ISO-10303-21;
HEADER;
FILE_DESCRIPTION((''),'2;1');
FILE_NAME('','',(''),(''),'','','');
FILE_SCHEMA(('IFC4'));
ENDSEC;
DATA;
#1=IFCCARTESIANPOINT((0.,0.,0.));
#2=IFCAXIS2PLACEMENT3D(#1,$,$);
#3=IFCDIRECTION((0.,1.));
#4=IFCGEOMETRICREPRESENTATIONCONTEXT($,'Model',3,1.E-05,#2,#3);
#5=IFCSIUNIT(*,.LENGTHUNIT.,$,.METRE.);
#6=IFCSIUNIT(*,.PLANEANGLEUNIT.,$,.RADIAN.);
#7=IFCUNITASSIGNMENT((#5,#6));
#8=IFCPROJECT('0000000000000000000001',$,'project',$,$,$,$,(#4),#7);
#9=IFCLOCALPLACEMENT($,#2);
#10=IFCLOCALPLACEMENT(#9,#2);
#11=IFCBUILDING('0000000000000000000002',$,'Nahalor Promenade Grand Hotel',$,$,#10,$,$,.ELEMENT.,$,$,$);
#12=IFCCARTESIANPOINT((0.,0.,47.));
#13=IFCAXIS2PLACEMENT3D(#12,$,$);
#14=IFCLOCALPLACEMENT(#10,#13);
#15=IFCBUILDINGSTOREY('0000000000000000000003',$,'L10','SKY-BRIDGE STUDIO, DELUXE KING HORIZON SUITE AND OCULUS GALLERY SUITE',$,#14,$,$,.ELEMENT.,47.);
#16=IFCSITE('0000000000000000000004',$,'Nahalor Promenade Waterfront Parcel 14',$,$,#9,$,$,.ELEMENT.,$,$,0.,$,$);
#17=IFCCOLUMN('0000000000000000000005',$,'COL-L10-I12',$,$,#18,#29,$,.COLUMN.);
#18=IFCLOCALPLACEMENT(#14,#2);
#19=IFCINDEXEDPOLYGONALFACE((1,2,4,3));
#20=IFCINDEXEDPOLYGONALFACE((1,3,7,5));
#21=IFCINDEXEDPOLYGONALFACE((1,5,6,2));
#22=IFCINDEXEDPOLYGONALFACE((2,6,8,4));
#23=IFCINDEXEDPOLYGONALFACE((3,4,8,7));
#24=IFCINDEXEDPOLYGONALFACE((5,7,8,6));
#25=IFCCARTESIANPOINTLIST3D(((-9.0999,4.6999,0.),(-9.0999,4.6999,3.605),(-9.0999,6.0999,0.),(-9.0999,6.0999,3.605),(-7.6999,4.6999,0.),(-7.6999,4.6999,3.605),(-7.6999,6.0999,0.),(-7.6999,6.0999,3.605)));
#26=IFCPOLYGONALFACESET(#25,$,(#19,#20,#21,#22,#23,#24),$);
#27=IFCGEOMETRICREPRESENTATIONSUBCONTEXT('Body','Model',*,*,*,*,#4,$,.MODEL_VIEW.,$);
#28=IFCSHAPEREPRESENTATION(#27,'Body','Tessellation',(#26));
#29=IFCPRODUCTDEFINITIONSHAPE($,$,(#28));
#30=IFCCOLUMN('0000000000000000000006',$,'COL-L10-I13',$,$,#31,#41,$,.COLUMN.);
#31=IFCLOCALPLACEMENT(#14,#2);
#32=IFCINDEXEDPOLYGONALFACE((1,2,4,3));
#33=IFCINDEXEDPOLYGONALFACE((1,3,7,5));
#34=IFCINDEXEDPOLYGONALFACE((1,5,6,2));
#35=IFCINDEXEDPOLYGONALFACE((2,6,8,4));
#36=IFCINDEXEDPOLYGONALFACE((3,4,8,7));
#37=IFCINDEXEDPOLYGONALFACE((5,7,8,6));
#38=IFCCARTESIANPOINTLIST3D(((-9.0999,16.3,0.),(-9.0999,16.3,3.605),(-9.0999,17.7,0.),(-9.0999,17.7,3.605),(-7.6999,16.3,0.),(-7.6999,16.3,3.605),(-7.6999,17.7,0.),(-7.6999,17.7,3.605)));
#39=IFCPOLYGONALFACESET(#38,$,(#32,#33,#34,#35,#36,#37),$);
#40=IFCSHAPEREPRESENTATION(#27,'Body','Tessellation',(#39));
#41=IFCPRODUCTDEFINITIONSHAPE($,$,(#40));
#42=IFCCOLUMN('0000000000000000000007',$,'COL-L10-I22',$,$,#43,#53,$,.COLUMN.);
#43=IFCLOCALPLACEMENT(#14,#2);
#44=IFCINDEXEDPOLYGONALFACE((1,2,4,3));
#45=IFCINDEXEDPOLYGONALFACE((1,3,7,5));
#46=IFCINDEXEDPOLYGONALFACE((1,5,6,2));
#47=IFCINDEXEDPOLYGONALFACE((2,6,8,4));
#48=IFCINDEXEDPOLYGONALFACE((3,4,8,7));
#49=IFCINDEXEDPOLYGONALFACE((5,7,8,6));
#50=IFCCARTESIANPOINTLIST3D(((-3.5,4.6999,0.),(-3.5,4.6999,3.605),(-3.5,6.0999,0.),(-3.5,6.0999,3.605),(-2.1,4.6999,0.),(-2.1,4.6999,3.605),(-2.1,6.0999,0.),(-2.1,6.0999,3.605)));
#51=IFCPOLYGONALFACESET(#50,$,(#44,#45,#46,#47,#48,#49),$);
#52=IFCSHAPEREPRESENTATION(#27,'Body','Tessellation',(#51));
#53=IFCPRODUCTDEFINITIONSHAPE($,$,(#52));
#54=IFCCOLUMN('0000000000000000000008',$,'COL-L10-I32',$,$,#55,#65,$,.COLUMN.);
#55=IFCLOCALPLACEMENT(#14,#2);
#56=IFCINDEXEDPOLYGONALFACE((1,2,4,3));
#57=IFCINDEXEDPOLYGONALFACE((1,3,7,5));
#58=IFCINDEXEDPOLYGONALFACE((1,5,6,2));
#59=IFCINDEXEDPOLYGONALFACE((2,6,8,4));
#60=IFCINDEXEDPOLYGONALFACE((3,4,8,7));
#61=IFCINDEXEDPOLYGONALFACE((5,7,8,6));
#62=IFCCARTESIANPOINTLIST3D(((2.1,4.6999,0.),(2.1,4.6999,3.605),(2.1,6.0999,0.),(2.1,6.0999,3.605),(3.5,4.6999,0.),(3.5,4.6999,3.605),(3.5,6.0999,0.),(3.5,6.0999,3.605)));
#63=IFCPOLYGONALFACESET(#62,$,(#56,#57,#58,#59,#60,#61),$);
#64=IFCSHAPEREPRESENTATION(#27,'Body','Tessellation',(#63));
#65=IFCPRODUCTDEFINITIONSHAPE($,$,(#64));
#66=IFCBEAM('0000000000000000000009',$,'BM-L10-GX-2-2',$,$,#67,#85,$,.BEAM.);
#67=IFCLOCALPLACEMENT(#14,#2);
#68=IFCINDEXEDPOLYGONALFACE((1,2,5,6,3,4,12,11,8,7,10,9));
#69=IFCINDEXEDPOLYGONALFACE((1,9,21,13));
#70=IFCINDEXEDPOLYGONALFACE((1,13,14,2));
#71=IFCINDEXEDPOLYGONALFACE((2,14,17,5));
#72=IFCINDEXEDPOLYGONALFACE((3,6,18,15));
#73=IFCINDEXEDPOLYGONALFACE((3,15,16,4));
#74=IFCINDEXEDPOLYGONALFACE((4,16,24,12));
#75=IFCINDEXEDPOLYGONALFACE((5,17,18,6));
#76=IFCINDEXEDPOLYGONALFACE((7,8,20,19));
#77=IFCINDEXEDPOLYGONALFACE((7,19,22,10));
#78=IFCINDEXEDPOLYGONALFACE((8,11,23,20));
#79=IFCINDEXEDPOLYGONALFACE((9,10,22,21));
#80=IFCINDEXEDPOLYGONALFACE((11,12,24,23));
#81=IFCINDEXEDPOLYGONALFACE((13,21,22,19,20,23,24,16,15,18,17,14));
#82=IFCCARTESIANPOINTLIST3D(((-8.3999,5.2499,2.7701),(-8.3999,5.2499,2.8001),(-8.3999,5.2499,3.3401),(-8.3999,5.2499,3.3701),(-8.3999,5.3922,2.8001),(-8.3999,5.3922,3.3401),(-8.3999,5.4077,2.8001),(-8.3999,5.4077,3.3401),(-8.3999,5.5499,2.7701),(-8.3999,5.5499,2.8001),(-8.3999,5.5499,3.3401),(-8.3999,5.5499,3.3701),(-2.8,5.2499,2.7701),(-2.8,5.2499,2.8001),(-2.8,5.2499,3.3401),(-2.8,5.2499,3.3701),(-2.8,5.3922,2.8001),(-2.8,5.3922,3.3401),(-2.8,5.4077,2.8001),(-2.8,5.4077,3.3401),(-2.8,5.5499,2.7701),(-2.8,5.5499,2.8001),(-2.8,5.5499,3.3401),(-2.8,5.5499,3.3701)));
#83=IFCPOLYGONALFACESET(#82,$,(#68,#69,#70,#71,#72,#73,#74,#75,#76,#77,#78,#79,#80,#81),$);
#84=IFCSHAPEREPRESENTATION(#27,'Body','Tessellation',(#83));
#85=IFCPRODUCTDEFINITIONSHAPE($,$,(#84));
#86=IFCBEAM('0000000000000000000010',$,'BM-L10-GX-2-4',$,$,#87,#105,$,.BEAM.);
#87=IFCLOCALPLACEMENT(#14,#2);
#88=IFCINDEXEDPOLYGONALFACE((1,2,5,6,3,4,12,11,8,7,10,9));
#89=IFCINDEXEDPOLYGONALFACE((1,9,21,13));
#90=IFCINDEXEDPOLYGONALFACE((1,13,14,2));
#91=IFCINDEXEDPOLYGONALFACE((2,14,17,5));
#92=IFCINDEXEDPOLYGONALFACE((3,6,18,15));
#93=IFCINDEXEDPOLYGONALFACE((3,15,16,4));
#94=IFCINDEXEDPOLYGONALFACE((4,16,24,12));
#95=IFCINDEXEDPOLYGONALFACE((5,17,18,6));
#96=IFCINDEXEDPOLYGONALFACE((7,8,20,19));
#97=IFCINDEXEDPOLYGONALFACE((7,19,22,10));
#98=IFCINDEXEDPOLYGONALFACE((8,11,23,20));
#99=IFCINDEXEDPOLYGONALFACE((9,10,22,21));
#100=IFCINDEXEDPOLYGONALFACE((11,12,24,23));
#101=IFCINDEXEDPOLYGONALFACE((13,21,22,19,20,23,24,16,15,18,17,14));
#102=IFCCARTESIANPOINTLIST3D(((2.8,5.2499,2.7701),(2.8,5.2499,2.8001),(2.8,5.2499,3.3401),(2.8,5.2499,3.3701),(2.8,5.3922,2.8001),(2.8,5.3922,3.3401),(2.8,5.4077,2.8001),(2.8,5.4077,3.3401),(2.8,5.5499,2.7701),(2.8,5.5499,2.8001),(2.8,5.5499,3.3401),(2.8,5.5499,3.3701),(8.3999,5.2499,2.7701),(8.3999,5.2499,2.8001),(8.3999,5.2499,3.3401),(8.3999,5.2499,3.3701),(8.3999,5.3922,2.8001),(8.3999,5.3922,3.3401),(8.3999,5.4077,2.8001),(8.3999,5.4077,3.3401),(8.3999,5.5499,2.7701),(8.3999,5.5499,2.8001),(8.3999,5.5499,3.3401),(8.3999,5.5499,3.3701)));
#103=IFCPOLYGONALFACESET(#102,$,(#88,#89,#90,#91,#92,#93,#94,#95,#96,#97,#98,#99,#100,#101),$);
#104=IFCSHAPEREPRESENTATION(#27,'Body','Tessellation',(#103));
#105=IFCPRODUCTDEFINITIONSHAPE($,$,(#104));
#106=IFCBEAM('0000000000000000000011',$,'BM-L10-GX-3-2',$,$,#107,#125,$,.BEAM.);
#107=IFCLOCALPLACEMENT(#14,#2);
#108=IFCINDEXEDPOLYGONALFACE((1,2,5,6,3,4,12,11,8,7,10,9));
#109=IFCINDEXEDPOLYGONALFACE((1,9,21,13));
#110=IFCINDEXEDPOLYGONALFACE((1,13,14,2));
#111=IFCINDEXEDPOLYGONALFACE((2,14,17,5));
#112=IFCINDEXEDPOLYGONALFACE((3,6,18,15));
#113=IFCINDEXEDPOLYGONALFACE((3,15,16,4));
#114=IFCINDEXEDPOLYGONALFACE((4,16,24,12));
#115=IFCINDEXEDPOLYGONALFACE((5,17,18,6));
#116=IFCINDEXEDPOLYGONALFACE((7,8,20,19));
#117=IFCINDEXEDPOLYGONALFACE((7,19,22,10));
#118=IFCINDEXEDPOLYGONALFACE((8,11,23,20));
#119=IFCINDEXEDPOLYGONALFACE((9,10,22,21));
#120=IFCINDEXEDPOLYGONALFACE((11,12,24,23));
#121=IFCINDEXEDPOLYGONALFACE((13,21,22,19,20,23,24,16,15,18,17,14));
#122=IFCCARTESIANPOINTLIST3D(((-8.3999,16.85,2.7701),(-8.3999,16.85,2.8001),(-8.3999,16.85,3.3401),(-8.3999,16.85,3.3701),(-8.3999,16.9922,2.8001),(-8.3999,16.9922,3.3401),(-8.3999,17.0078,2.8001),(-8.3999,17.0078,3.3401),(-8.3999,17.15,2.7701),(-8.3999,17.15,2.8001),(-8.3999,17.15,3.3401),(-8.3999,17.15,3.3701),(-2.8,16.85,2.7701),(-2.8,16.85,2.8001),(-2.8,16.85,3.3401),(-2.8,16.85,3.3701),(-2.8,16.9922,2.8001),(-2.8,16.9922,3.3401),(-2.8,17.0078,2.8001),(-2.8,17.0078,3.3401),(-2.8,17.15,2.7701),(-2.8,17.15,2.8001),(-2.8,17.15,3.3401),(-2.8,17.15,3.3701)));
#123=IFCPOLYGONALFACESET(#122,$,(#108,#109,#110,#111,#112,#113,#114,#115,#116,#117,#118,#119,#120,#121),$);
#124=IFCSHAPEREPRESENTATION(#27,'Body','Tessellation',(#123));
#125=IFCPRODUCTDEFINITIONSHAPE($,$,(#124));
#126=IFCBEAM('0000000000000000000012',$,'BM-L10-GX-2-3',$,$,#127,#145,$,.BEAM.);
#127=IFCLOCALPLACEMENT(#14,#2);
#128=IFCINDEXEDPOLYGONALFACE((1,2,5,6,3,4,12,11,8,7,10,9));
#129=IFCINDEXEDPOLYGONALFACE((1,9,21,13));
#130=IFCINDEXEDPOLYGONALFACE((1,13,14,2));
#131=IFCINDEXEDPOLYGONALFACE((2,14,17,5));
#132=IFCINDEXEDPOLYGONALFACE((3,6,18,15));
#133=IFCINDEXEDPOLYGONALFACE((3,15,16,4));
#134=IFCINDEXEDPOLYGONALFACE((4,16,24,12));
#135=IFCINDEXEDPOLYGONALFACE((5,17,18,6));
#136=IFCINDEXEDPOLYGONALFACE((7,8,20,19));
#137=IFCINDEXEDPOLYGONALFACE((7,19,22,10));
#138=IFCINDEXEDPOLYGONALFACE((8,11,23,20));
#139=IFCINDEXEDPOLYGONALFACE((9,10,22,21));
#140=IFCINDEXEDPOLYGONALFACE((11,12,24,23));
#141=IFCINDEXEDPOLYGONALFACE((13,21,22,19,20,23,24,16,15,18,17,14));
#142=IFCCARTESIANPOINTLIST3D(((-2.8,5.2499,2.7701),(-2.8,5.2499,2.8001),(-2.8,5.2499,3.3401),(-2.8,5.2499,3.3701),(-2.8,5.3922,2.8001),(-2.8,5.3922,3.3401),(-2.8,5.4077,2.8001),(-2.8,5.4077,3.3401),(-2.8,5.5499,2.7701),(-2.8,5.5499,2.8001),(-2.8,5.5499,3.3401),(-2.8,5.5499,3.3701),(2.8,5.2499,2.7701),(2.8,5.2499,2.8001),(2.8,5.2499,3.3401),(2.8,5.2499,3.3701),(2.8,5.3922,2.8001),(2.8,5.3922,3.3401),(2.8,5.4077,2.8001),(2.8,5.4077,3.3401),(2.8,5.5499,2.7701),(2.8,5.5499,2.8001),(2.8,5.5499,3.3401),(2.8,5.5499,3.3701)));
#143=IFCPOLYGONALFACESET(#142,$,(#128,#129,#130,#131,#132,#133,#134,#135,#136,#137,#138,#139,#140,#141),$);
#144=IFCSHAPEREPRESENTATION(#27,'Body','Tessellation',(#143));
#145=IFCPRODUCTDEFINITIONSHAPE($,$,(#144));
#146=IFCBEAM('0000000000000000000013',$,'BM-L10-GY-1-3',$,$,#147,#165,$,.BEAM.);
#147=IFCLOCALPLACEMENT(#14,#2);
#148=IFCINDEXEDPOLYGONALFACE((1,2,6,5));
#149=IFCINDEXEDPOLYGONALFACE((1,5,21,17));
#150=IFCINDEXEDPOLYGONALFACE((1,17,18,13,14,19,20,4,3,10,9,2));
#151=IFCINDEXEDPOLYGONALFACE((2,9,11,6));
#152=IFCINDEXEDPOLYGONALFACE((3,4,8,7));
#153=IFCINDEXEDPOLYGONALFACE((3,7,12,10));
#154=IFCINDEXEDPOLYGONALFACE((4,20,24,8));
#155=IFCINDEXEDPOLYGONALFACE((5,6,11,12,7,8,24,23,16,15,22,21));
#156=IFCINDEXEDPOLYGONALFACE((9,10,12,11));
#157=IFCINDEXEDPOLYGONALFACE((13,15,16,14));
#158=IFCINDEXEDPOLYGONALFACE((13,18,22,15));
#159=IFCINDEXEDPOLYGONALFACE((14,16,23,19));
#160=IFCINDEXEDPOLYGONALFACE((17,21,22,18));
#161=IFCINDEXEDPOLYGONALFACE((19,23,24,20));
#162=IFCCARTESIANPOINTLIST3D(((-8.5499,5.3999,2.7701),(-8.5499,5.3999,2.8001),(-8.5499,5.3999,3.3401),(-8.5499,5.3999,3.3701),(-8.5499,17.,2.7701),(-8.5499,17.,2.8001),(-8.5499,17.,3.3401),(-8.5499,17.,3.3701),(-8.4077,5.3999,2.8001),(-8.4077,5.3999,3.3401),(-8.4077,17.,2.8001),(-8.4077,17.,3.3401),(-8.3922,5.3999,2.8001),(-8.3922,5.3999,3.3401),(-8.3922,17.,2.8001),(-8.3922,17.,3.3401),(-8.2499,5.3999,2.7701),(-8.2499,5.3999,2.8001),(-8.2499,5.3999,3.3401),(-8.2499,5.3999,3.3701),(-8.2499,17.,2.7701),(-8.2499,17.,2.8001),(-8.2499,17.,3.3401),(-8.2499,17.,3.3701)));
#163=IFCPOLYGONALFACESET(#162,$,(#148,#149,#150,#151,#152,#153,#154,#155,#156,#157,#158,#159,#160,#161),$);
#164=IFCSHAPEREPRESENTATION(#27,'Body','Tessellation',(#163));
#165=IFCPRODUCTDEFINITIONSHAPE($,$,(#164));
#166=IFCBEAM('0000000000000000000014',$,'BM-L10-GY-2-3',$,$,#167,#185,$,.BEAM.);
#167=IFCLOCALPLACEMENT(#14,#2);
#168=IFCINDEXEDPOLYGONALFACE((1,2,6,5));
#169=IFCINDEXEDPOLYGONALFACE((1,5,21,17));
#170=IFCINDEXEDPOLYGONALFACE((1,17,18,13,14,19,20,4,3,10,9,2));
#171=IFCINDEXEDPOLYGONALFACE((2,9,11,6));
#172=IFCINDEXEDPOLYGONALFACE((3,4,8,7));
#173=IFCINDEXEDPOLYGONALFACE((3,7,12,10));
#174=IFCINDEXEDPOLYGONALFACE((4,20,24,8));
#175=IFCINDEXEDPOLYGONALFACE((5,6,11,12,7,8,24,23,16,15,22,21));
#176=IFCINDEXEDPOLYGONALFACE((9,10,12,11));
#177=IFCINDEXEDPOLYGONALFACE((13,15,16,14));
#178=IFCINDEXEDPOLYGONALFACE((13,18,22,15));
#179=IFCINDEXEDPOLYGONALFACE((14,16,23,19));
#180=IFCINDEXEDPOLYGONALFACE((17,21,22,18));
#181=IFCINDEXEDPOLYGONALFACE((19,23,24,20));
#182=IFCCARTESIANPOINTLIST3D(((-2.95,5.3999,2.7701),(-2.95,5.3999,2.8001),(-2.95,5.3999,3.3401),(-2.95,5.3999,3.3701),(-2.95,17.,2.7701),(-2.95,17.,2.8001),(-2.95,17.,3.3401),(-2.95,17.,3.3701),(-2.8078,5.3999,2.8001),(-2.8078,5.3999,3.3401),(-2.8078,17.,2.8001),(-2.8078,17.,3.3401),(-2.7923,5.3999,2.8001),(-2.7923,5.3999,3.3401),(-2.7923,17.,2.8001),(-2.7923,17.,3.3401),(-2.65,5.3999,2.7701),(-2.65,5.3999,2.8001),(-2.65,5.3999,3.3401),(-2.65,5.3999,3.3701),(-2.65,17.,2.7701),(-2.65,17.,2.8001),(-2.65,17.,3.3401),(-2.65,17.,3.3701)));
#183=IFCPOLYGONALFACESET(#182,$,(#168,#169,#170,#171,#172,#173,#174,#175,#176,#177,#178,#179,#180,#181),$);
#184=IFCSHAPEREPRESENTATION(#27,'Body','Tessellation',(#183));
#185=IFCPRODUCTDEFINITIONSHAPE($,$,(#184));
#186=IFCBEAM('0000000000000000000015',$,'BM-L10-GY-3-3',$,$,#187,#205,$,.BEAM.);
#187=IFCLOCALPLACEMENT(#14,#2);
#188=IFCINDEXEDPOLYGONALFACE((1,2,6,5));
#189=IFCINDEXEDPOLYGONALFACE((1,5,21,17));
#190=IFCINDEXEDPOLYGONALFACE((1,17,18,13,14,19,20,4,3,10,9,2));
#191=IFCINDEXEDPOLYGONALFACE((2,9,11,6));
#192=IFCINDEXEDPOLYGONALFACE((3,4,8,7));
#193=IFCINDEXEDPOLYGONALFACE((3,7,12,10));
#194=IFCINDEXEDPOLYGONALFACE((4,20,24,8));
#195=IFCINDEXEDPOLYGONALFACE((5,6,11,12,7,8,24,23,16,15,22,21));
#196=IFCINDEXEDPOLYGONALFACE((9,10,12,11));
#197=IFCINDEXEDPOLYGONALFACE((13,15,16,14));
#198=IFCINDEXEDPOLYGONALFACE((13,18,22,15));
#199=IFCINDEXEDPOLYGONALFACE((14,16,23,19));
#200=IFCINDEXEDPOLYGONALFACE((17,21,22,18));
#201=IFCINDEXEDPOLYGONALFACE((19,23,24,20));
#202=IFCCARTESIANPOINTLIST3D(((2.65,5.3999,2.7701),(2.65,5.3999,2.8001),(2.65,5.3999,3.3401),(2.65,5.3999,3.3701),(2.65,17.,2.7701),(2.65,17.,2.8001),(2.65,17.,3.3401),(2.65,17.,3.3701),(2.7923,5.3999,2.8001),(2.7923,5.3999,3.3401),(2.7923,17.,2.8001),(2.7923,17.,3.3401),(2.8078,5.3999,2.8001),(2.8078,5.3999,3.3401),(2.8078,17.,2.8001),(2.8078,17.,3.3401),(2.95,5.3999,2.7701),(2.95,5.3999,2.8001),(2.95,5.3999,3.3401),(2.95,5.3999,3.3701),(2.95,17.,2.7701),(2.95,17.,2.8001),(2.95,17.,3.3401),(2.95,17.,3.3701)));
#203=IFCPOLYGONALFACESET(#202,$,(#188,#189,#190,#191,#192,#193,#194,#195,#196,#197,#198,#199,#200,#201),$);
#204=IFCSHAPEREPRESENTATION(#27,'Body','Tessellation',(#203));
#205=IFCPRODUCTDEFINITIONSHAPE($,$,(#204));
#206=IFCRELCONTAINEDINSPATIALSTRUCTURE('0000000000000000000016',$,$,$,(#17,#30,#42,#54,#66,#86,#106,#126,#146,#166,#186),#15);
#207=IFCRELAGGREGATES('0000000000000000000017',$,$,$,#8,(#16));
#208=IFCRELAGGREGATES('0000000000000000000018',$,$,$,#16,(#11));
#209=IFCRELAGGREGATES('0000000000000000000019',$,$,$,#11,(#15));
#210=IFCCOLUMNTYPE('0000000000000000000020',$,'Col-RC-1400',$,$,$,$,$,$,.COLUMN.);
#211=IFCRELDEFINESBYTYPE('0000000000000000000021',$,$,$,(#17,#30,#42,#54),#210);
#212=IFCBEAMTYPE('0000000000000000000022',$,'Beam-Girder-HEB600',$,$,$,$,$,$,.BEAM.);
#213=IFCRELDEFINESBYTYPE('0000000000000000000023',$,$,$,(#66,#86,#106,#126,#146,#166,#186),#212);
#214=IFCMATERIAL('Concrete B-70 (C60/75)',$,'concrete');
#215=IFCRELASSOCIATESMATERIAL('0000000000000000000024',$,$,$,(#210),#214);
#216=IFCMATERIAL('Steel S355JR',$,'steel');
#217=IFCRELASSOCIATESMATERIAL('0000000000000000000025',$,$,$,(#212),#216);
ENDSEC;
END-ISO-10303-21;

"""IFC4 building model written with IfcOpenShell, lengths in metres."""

from ifc_helpers import new_model, si_unit, direction, frame, origin, origin_2d, place, context, subcontext, project, spatial, rectangle, i_section, extrude, source, transform, mapped, material, material_profile, profile_set, type_object, element, save


model = new_model("IFC4")

# Units and contexts
model_context = context("Model", 3, precision=1e-05, world=origin(), true_north=direction((0.0, 1.0)))
body_context = subcontext(model_context, "Body", "Model", "MODEL_VIEW")
ifc_project = project(units=[si_unit("LENGTHUNIT", "METRE"), si_unit("PLANEANGLEUNIT", "RADIAN")], contexts=[model_context])

# Site, building, storey
site_placement = place(None, origin())
site = spatial("IfcSite", under=ifc_project, at=site_placement, Name="Nahalor Promenade Waterfront Parcel 14", CompositionType="ELEMENT", RefElevation=0.0)
building_placement = place(site_placement, origin())
building = spatial("IfcBuilding", under=site, at=building_placement, Name="Nahalor Promenade Grand Hotel", CompositionType="ELEMENT")
storey_placement = place(building_placement, frame((0.0, 0.0, 47.0)))
storey = spatial("IfcBuildingStorey", under=building, at=storey_placement, Name="L10", Description="SKY-BRIDGE STUDIO, DELUXE KING HORIZON SUITE AND OCULUS GALLERY SUITE", CompositionType="ELEMENT", Elevation=47.0)

# Columns
ifc_material_1 = material(Name="Concrete B-70 (C60/75)", Category="concrete")
ifc_material_profile_1 = material_profile(ifc_material_1, rectangle(XDim=1.4, YDim=1.4, at=origin_2d()), Name="RC 1400x1400")
ifc_profile_set_1 = profile_set([ifc_material_profile_1], Name="Concrete B-70 (C60/75)")
column_type = type_object("IfcColumnType", Name="Col-RC-1400", PredefinedType="COLUMN", material=ifc_profile_set_1)
shared_shape_1 = source(origin(), body_context, "Body", "SweptSolid", [
    extrude(rectangle(XDim=1.4, YDim=1.4, at=origin_2d()), origin(), (0.0, 0.0, 1.0), 3.605),
])
for number, where, z_axis, x_axis, name in (
    (1, (-8.3999, 5.3999, 0.0), (0.0, 0.0, 1.0), (1.0, 0.0, 0.0), "COL-L10-I12"),
    (2, (-8.3999, 17.0, 0.0), (0.0, 0.0, 1.0), (1.0, 0.0, 0.0), "COL-L10-I13"),
    (3, (-2.8, 5.3999, 0.0), (0.0, 0.0, 1.0), (1.0, 0.0, 0.0), "COL-L10-I22"),
    (4, (2.8, 5.3999, 0.0), (0.0, 0.0, 1.0), (1.0, 0.0, 0.0), "COL-L10-I32"),
):
    element("IfcColumn", number, at=place(storey_placement, frame(where, z_axis=z_axis, x_axis=x_axis)), inside=storey, type_object=column_type, Name=name, PredefinedType="COLUMN", context=body_context, shape_type="MappedRepresentation", body=[
        mapped(shared_shape_1, transform((0.0, 0.0, 0.0), scale=1.0)),
    ])

# Beams
ifc_material_2 = material(Name="Steel S355JR", Category="steel")
ifc_material_profile_2 = material_profile(ifc_material_2, i_section(OverallWidth=0.3, OverallDepth=0.6, WebThickness=0.0155, FlangeThickness=0.03, at=origin_2d()), Name="HEB 600")
ifc_profile_set_2 = profile_set([ifc_material_profile_2], Name="Steel S355JR")
beam_type = type_object("IfcBeamType", Name="Beam-Girder-HEB600", PredefinedType="BEAM", material=ifc_profile_set_2)
shared_shape_2 = source(origin(), body_context, "Body", "SweptSolid", [
    extrude(i_section(OverallWidth=0.3, OverallDepth=0.6, WebThickness=0.0155, FlangeThickness=0.03, at=origin_2d()), origin(), (0.0, 0.0, 1.0), 5.5999),
])
for number, where, z_axis, x_axis, name in (
    (5, (-8.3999, 5.3999, 3.0701), (1.0, 0.0, 0.0), (0.0, 1.0, 0.0), "BM-L10-GX-2-2"),
    (6, (2.8, 5.3999, 3.0701), (1.0, 0.0, 0.0), (0.0, 1.0, 0.0), "BM-L10-GX-2-4"),
    (7, (-8.3999, 17.0, 3.0701), (1.0, 0.0, 0.0), (0.0, 1.0, 0.0), "BM-L10-GX-3-2"),
):
    element("IfcBeam", number, at=place(storey_placement, frame(where, z_axis=z_axis, x_axis=x_axis)), inside=storey, type_object=beam_type, Name=name, PredefinedType="BEAM", context=body_context, shape_type="MappedRepresentation", body=[
        mapped(shared_shape_2, transform((0.0, 0.0, 0.0), scale=1.0)),
    ])
shared_shape_3 = source(origin(), body_context, "Body", "SweptSolid", [
    extrude(i_section(OverallWidth=0.3, OverallDepth=0.6, WebThickness=0.0155, FlangeThickness=0.03, at=origin_2d()), origin(), (0.0, 0.0, 1.0), 5.6001),
])
beam_placement = place(storey_placement, frame((-2.8, 5.3999, 3.0701), z_axis=(1.0, 0.0, 0.0), x_axis=(0.0, 1.0, 0.0)))
element("IfcBeam", 8, at=beam_placement, inside=storey, type_object=beam_type, Name="BM-L10-GX-2-3", PredefinedType="BEAM", context=body_context, shape_type="MappedRepresentation", body=[
    mapped(shared_shape_3, transform((0.0, 0.0, 0.0), scale=1.0)),
])
shared_shape_4 = source(origin(), body_context, "Body", "SweptSolid", [
    extrude(i_section(OverallWidth=0.3, OverallDepth=0.6, WebThickness=0.0155, FlangeThickness=0.03, at=origin_2d()), origin(), (0.0, 0.0, 1.0), 11.6001),
])
for number, where, z_axis, x_axis, name in (
    (9, (-8.3999, 5.3999, 3.0701), (0.0, 1.0, 0.0), (-1.0, 0.0, 0.0), "BM-L10-GY-1-3"),
    (10, (-2.8, 5.3999, 3.0701), (0.0, 1.0, 0.0), (-1.0, 0.0, 0.0), "BM-L10-GY-2-3"),
    (11, (2.8, 5.3999, 3.0701), (0.0, 1.0, 0.0), (-1.0, 0.0, 0.0), "BM-L10-GY-3-3"),
):
    element("IfcBeam", number, at=place(storey_placement, frame(where, z_axis=z_axis, x_axis=x_axis)), inside=storey, type_object=beam_type, Name=name, PredefinedType="BEAM", context=body_context, shape_type="MappedRepresentation", body=[
        mapped(shared_shape_4, transform((0.0, 0.0, 0.0), scale=1.0)),
    ])

save(model, "model.ifc")
